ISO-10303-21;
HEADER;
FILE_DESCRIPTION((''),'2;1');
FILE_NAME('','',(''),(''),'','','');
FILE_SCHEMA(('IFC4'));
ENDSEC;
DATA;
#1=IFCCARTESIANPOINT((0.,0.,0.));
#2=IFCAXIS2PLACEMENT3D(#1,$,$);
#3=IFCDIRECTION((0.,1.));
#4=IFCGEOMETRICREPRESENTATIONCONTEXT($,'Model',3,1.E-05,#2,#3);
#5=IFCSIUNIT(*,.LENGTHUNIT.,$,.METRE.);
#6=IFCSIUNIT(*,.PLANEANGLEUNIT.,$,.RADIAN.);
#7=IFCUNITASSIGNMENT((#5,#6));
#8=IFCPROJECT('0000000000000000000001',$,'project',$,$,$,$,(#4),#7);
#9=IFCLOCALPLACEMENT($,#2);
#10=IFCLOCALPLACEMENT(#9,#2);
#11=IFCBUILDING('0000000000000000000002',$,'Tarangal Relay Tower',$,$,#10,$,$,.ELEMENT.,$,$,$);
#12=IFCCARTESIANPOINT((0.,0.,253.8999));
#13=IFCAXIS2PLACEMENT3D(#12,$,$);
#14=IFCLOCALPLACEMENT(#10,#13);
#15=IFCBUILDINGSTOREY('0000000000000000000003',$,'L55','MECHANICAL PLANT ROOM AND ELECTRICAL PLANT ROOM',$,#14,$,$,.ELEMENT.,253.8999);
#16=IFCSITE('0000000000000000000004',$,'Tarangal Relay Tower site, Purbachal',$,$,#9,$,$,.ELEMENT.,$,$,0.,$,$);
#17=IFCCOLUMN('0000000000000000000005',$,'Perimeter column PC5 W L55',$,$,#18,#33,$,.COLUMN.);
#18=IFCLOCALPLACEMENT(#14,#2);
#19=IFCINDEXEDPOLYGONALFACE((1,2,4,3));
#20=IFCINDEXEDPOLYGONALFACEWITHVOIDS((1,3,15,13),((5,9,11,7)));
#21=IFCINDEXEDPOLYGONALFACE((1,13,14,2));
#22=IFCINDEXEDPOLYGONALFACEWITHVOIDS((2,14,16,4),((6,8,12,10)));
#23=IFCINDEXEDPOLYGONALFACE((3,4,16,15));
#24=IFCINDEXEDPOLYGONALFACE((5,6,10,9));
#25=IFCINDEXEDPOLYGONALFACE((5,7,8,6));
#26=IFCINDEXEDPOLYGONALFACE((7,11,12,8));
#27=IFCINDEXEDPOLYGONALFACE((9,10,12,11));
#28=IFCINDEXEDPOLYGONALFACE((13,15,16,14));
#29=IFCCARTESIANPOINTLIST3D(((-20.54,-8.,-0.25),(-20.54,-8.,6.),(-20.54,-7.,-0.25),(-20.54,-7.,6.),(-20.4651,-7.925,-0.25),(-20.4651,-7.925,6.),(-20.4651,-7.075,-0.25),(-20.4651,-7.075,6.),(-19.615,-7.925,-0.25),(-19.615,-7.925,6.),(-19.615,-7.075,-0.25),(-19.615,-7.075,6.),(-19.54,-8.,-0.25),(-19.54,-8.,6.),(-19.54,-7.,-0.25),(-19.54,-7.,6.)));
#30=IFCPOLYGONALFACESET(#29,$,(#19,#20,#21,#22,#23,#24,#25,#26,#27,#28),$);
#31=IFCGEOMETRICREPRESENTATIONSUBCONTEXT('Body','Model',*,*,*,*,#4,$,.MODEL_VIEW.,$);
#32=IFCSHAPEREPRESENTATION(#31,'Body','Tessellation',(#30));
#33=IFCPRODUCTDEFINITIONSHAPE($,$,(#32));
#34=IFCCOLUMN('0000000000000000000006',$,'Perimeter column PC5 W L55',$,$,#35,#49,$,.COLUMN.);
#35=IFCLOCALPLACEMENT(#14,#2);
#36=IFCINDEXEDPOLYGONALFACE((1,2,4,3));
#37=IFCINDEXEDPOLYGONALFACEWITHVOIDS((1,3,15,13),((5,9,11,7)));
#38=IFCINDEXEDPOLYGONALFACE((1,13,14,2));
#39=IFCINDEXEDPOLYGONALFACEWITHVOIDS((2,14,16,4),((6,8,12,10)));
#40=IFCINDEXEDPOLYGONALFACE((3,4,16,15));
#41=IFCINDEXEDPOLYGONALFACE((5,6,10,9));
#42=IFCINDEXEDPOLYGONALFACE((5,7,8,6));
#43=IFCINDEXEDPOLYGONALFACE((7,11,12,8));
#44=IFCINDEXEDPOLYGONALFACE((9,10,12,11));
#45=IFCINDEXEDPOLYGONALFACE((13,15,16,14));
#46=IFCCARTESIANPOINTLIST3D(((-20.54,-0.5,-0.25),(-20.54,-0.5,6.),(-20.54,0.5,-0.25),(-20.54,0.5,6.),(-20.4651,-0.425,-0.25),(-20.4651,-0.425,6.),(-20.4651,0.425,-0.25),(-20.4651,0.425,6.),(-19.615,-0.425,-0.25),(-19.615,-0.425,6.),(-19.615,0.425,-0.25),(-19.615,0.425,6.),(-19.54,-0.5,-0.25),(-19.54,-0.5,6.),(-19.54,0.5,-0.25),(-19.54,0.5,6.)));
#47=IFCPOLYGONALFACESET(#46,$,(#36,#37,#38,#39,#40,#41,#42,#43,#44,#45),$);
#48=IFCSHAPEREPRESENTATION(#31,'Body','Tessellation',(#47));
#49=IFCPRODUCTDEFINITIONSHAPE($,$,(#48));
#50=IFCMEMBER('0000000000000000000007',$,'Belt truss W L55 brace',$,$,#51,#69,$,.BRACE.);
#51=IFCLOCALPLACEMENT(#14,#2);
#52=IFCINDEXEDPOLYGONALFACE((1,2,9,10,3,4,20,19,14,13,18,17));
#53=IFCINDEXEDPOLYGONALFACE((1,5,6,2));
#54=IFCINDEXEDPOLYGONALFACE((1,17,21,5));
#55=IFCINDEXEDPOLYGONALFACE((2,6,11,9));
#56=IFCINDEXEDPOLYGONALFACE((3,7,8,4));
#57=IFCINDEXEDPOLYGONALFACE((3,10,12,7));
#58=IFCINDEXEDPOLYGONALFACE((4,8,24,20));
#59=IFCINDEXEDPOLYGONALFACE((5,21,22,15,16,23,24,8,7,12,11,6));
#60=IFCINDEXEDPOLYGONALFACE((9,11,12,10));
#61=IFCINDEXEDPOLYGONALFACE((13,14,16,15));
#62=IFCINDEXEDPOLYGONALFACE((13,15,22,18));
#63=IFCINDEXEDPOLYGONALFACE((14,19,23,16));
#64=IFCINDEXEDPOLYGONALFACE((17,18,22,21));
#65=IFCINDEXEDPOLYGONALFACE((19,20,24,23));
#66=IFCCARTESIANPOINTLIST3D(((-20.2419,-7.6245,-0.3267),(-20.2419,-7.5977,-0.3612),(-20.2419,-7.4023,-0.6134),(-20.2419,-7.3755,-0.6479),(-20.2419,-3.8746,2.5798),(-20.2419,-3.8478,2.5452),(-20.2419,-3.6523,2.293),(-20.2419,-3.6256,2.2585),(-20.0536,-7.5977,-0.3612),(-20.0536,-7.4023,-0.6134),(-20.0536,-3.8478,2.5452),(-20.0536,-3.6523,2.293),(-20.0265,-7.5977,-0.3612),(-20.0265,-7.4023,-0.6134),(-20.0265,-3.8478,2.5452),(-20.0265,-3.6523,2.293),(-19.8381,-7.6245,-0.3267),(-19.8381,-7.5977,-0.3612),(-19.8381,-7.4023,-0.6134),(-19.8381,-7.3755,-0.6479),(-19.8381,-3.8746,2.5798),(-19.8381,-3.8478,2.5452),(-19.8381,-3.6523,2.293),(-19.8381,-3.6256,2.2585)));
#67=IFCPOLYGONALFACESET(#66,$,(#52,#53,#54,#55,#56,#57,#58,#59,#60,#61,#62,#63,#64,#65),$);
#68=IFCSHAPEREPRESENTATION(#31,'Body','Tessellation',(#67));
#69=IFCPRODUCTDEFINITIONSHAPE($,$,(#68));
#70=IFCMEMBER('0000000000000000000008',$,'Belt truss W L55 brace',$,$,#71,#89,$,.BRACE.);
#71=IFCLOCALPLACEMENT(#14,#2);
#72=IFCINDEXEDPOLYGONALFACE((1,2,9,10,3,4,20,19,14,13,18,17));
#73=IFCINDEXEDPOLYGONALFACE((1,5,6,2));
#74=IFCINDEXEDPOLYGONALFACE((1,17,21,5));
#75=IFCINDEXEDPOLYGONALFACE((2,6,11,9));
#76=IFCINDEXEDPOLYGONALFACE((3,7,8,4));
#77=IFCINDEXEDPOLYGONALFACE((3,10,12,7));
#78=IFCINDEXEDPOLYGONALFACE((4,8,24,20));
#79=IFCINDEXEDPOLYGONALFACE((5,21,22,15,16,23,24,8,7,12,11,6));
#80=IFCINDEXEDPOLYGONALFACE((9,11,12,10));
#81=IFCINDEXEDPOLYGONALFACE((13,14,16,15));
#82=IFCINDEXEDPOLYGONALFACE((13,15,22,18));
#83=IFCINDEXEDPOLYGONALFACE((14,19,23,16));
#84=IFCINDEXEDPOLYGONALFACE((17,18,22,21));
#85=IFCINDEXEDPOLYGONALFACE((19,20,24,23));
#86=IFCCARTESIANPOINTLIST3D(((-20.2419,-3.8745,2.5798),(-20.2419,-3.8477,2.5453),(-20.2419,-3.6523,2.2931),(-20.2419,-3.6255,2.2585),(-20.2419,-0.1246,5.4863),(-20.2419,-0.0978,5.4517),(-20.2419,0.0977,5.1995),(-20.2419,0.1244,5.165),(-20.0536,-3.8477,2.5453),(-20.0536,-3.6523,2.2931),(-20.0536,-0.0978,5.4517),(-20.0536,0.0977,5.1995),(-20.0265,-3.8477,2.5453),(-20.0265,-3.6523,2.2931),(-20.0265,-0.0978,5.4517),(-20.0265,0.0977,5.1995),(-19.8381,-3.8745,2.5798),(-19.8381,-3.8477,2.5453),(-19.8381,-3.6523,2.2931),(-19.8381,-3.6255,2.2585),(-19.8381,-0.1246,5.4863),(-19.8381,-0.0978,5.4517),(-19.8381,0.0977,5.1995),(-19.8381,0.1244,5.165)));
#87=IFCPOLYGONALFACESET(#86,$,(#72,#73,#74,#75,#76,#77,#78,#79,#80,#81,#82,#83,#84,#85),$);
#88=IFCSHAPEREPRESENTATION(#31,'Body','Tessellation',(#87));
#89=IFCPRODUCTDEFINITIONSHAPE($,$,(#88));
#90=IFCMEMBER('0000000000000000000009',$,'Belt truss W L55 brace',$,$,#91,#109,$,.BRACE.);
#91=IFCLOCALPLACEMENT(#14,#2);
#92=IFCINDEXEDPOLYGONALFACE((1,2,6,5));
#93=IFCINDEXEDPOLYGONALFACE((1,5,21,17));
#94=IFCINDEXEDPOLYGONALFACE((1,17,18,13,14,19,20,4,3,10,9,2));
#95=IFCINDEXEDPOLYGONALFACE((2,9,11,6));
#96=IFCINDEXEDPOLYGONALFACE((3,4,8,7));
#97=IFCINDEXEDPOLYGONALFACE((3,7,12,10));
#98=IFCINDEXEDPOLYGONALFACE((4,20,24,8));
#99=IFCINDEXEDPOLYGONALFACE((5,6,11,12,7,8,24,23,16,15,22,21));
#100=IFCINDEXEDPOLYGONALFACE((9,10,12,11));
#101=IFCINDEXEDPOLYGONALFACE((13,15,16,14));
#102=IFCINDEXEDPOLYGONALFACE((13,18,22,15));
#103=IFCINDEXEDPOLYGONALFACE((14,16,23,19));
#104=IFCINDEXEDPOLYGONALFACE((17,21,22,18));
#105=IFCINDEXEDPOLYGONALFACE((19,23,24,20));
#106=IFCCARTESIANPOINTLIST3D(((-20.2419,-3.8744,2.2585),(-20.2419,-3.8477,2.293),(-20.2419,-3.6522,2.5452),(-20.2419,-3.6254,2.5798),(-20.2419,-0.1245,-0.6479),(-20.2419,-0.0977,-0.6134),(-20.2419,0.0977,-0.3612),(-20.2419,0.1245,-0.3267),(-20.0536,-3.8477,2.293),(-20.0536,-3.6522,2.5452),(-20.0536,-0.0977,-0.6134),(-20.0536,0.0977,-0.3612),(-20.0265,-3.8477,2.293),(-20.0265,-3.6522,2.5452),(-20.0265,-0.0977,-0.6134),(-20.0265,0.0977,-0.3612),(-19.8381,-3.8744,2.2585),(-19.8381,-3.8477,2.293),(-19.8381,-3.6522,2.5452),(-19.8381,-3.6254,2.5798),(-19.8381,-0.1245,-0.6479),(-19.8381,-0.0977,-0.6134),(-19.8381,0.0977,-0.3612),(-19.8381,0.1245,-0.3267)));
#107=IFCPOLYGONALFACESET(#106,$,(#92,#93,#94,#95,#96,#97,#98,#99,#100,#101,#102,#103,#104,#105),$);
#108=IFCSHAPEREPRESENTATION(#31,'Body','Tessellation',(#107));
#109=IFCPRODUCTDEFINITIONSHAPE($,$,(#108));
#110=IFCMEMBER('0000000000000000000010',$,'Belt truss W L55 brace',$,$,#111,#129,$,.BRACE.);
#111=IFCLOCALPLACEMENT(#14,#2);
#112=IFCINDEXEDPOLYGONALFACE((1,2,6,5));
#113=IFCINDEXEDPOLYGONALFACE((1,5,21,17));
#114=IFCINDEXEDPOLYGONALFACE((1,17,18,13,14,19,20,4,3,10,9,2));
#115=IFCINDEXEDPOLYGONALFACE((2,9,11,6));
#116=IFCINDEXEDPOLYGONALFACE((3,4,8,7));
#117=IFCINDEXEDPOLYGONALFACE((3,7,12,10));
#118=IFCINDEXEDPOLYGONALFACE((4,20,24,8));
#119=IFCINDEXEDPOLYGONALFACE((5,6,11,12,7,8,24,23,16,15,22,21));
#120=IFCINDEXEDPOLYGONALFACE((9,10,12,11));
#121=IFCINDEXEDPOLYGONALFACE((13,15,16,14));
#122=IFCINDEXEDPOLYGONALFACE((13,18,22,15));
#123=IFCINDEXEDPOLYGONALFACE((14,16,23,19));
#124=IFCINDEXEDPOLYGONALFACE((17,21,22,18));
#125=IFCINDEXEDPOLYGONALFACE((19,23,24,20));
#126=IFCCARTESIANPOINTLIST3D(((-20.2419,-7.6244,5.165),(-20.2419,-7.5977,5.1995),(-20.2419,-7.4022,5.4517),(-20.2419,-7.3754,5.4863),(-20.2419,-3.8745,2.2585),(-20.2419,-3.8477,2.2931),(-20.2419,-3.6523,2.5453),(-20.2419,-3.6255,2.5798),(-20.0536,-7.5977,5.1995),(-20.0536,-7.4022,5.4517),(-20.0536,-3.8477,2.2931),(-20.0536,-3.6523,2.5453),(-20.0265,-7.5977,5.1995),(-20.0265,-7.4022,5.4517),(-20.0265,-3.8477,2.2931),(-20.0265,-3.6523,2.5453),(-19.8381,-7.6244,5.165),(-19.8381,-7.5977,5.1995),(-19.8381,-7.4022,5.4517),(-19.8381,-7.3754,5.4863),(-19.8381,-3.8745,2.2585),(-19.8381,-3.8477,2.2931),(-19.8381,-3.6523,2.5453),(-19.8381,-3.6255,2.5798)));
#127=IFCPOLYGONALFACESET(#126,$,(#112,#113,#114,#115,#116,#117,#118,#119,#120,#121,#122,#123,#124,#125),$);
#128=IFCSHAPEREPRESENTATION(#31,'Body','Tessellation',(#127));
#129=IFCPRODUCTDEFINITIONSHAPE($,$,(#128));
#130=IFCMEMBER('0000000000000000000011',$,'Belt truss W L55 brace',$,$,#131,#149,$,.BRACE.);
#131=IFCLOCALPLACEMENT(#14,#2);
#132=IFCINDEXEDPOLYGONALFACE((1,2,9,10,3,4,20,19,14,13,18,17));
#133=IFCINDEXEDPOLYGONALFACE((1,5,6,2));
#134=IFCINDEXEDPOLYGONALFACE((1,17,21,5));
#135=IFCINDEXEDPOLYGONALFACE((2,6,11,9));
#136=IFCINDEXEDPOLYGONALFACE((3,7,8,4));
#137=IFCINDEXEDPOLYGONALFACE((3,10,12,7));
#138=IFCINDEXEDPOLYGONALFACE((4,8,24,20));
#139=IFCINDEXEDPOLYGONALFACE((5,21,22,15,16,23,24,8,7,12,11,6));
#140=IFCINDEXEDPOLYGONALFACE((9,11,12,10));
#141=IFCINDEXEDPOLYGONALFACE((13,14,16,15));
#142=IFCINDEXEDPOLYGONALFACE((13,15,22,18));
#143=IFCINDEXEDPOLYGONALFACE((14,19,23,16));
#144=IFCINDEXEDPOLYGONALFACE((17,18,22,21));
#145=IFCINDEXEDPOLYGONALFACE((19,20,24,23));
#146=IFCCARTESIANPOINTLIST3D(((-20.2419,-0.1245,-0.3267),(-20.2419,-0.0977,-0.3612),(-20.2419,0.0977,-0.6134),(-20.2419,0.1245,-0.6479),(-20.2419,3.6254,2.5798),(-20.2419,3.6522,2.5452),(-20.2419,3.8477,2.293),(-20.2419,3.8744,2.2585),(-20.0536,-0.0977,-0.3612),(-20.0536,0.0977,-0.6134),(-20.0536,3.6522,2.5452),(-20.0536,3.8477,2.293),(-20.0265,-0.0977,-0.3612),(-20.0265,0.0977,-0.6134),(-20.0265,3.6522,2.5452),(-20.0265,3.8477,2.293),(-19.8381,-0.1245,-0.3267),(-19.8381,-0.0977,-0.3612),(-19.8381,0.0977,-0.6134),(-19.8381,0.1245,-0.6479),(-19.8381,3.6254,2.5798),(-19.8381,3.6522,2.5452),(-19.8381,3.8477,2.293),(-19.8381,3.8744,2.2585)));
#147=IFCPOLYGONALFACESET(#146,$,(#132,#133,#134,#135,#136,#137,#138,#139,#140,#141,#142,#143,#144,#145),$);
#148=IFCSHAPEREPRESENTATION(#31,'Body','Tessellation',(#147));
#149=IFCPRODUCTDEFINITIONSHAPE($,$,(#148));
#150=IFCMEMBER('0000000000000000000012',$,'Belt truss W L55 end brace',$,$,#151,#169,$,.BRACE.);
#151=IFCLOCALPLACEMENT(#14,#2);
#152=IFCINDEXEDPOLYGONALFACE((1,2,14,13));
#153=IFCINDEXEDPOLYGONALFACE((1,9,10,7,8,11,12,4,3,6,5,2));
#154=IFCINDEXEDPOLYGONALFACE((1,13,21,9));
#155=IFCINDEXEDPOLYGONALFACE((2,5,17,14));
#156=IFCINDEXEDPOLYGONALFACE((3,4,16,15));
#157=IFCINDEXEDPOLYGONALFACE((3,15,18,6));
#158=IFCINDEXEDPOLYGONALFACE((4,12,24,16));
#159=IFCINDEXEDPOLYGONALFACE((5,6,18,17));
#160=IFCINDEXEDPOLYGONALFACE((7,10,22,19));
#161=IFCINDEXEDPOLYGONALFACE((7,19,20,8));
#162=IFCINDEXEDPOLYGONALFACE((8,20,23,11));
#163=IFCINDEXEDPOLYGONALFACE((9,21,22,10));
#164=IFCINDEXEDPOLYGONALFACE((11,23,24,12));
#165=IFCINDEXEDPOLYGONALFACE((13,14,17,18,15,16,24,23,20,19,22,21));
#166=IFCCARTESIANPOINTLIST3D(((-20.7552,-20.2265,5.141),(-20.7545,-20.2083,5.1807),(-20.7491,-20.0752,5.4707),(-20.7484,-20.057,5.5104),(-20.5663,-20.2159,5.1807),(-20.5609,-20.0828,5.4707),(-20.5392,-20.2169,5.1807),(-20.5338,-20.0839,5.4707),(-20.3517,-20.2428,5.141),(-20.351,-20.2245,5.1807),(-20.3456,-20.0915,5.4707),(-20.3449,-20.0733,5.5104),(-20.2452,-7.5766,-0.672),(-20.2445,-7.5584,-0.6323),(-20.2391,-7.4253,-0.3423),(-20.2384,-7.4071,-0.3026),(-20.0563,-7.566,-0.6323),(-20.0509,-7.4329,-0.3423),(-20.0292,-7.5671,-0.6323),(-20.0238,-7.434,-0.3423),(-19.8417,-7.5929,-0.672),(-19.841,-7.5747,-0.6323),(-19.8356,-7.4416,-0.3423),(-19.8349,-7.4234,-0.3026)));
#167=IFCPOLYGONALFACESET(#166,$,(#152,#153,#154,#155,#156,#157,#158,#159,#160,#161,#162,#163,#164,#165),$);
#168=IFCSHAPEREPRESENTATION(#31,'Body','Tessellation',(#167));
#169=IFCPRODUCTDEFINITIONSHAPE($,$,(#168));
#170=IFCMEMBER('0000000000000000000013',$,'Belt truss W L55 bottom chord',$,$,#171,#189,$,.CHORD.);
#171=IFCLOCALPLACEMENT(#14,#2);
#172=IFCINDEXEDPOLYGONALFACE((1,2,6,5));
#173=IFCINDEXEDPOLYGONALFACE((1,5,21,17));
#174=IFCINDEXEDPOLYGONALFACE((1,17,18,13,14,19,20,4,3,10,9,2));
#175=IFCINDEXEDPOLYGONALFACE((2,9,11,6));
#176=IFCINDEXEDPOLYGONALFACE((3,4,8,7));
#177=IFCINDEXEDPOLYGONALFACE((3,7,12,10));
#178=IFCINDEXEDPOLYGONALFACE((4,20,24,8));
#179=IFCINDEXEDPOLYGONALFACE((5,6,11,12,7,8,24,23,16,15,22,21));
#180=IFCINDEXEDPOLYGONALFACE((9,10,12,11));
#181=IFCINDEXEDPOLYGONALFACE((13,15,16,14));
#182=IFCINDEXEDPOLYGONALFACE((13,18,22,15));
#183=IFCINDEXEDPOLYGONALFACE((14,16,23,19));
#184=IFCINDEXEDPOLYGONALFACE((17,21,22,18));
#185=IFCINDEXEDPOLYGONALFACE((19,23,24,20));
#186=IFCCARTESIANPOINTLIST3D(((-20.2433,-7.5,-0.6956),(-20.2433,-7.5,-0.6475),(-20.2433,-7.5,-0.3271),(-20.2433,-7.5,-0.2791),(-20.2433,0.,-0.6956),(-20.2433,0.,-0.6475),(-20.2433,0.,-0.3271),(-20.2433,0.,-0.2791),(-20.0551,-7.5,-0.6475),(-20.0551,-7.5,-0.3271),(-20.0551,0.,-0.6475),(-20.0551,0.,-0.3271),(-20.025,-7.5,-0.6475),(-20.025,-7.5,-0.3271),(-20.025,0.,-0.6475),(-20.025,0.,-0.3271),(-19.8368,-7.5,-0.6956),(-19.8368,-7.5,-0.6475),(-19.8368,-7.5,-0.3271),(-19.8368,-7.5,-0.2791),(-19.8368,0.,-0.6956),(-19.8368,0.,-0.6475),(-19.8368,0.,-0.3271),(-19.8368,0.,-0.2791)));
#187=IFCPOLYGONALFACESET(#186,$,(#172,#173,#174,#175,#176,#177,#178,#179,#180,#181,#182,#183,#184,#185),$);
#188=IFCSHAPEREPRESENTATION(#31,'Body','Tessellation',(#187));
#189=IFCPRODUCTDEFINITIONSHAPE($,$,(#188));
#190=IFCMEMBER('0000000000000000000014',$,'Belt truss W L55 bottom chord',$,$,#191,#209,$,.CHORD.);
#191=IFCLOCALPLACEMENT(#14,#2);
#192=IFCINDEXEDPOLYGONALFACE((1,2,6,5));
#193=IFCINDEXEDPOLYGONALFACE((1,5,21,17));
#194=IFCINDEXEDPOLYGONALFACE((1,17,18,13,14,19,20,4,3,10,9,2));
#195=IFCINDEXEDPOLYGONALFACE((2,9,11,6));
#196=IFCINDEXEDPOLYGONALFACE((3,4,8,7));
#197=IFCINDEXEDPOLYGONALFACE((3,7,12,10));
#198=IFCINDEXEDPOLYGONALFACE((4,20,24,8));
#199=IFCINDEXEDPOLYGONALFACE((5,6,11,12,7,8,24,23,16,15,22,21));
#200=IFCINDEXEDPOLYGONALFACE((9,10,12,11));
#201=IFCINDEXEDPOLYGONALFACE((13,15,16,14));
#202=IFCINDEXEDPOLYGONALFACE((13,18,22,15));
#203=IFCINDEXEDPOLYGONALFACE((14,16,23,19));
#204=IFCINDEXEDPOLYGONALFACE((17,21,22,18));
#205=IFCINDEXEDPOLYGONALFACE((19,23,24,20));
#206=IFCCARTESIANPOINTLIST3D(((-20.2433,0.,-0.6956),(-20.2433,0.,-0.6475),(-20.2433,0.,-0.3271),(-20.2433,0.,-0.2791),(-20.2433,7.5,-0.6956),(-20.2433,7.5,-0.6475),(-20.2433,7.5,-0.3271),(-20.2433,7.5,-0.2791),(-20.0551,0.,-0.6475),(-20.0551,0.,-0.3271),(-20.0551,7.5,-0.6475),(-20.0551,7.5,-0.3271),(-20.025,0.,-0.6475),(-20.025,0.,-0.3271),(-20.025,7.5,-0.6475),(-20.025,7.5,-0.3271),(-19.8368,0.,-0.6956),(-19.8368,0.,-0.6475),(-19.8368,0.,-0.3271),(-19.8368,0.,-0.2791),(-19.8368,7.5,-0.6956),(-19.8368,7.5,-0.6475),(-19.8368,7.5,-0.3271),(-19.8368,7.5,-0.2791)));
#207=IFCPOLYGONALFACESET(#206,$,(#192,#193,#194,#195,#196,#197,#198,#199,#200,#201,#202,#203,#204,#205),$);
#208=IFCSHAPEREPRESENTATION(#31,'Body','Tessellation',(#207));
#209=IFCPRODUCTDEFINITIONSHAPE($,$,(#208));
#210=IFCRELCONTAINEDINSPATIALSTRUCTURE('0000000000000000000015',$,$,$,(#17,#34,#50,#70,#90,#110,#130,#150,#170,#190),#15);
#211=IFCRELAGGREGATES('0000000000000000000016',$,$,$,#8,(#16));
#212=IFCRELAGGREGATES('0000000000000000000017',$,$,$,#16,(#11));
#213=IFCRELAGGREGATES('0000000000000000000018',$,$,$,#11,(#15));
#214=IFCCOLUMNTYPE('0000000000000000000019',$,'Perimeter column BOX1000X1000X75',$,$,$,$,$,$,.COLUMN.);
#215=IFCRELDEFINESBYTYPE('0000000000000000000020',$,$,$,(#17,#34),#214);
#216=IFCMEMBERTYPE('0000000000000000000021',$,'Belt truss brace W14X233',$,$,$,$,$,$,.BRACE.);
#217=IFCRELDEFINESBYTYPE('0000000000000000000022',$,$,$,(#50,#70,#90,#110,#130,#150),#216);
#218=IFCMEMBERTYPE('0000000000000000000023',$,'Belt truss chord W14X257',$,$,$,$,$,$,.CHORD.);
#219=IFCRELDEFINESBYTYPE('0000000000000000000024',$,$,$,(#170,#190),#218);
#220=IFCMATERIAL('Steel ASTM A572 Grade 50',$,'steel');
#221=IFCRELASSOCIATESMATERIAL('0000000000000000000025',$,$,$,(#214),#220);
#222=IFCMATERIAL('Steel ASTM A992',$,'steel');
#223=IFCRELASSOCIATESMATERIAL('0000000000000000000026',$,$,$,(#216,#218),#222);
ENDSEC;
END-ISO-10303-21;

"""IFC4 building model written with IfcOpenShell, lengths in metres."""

from ifc_helpers import new_model, si_unit, direction, frame, origin, origin_2d, place, context, subcontext, project, spatial, hollow_rectangle, i_section, extrude, material, material_profile, profile_set, type_object, element, save


model = new_model("IFC4")

# Units and contexts
model_context = context("Model", 3, precision=1e-05, world=origin(), true_north=direction((0.0, 1.0)))
body_context = subcontext(model_context, "Body", "Model", "MODEL_VIEW")
ifc_project = project(units=[si_unit("LENGTHUNIT", "METRE"), si_unit("PLANEANGLEUNIT", "RADIAN")], contexts=[model_context])

# Site, building, storey
site_placement = place(None, origin())
site = spatial("IfcSite", under=ifc_project, at=site_placement, Name="Tarangal Relay Tower site, Purbachal", CompositionType="ELEMENT", RefElevation=0.0)
building_placement = place(site_placement, origin())
building = spatial("IfcBuilding", under=site, at=building_placement, Name="Tarangal Relay Tower", CompositionType="ELEMENT")
storey_placement = place(building_placement, frame((0.0, 0.0, 253.8999)))
storey = spatial("IfcBuildingStorey", under=building, at=storey_placement, Name="L55", Description="MECHANICAL PLANT ROOM AND ELECTRICAL PLANT ROOM", CompositionType="ELEMENT", Elevation=253.8999)

# Columns
ifc_material_1 = material(Name="Steel ASTM A572 Grade 50", Category="steel")
ifc_material_profile_1 = material_profile(ifc_material_1, hollow_rectangle(XDim=1.0, YDim=1.0, WallThickness=0.075, at=origin_2d()), Name="BOX1000X1000X75")
ifc_profile_set_1 = profile_set([ifc_material_profile_1], Name="Steel ASTM A572 Grade 50")
column_type = type_object("IfcColumnType", Name="Perimeter column BOX1000X1000X75", PredefinedType="COLUMN", material=ifc_profile_set_1)
for number, where, z_axis, x_axis, name in (
    (1, (-20.04, -7.5, -0.25), (0.0, 0.0, 1.0), (1.0, 0.0, 0.0), "Perimeter column PC5 W L55"),
    (2, (-20.04, 0.0, -0.25), (0.0, 0.0, 1.0), (1.0, 0.0, 0.0), "Perimeter column PC5 W L55"),
):
    element("IfcColumn", number, at=place(storey_placement, frame(where, z_axis=z_axis, x_axis=x_axis)), inside=storey, type_object=column_type, Name=name, PredefinedType="COLUMN", context=body_context, shape_type="SweptSolid", body=[
        extrude(hollow_rectangle(XDim=1.0, YDim=1.0, WallThickness=0.075, at=origin_2d()), origin(), (0.0, 0.0, 1.0), 6.25),
    ])

# Members
ifc_material_2 = material(Name="Steel ASTM A992", Category="steel")
ifc_material_profile_2 = material_profile(ifc_material_2, i_section(OverallWidth=0.4038, OverallDepth=0.4065, WebThickness=0.0271, FlangeThickness=0.0437, at=origin_2d()), Name="W14X233")
ifc_profile_set_2 = profile_set([ifc_material_profile_2], Name="Steel ASTM A992")
member_type_1 = type_object("IfcMemberType", Name="Belt truss brace W14X233", PredefinedType="BRACE", material=ifc_profile_set_2)
for number, where, z_axis, x_axis, name in (
    (3, (-20.04, -7.5, -0.4873), (0.0, 0.79039, 0.612604), (-1.0, 0.0, 0.0), "Belt truss W L55 brace"),
    (4, (-20.04, -3.75, 2.4192), (0.0, 0.79039, 0.612604), (-1.0, 0.0, 0.0), "Belt truss W L55 brace"),
    (5, (-20.04, 0.0, -0.4873), (0.0, -0.79039, 0.612604), (1.0, 0.0, 0.0), "Belt truss W L55 brace"),
    (6, (-20.04, -3.75, 2.4192), (0.0, -0.79039, 0.612604), (1.0, 0.0, 0.0), "Belt truss W L55 brace"),
    (7, (-20.04, 0.0, -0.4873), (0.0, 0.79039, 0.612604), (-1.0, 0.0, 0.0), "Belt truss W L55 brace"),
):
    element("IfcMember", number, at=place(storey_placement, frame(where, z_axis=z_axis, x_axis=x_axis)), inside=storey, type_object=member_type_1, Name=name, PredefinedType="BRACE", context=body_context, shape_type="SweptSolid", body=[
        extrude(i_section(OverallWidth=0.4038, OverallDepth=0.4065, WebThickness=0.0271, FlangeThickness=0.0437, at=origin_2d()), origin(), (0.0, 0.0, 1.0), 4.7444),
    ])
member_1_placement = place(storey_placement, frame((-20.04, -7.5, -0.4873), z_axis=(-0.03661, -0.908044, 0.417272), x_axis=(0.999188, -0.040285, 0.0)))
element("IfcMember", 8, at=member_1_placement, inside=storey, type_object=member_type_1, Name="Belt truss W L55 end brace", PredefinedType="BRACE", context=body_context, shape_type="SweptSolid", body=[
    extrude(i_section(OverallWidth=0.4038, OverallDepth=0.4065, WebThickness=0.0271, FlangeThickness=0.0437, at=origin_2d()), origin(), (0.0, 0.0, 1.0), 13.9309),
])
ifc_material_profile_3 = material_profile(ifc_material_2, i_section(OverallWidth=0.4065, OverallDepth=0.4165, WebThickness=0.03, FlangeThickness=0.0481, at=origin_2d()), Name="W14X257")
ifc_profile_set_3 = profile_set([ifc_material_profile_3], Name="Steel ASTM A992")
member_type_2 = type_object("IfcMemberType", Name="Belt truss chord W14X257", PredefinedType="CHORD", material=ifc_profile_set_3)
for number, where, z_axis, x_axis, name in (
    (9, (-20.04, -7.5, -0.4873), (0.0, 1.0, 0.0), (-1.0, 0.0, 0.0), "Belt truss W L55 bottom chord"),
    (10, (-20.04, 0.0, -0.4873), (0.0, 1.0, 0.0), (-1.0, 0.0, 0.0), "Belt truss W L55 bottom chord"),
):
    element("IfcMember", number, at=place(storey_placement, frame(where, z_axis=z_axis, x_axis=x_axis)), inside=storey, type_object=member_type_2, Name=name, PredefinedType="CHORD", context=body_context, shape_type="SweptSolid", body=[
        extrude(i_section(OverallWidth=0.4065, OverallDepth=0.4165, WebThickness=0.03, FlangeThickness=0.0481, at=origin_2d()), origin(), (0.0, 0.0, 1.0), 7.5),
    ])

save(model, "model.ifc")
